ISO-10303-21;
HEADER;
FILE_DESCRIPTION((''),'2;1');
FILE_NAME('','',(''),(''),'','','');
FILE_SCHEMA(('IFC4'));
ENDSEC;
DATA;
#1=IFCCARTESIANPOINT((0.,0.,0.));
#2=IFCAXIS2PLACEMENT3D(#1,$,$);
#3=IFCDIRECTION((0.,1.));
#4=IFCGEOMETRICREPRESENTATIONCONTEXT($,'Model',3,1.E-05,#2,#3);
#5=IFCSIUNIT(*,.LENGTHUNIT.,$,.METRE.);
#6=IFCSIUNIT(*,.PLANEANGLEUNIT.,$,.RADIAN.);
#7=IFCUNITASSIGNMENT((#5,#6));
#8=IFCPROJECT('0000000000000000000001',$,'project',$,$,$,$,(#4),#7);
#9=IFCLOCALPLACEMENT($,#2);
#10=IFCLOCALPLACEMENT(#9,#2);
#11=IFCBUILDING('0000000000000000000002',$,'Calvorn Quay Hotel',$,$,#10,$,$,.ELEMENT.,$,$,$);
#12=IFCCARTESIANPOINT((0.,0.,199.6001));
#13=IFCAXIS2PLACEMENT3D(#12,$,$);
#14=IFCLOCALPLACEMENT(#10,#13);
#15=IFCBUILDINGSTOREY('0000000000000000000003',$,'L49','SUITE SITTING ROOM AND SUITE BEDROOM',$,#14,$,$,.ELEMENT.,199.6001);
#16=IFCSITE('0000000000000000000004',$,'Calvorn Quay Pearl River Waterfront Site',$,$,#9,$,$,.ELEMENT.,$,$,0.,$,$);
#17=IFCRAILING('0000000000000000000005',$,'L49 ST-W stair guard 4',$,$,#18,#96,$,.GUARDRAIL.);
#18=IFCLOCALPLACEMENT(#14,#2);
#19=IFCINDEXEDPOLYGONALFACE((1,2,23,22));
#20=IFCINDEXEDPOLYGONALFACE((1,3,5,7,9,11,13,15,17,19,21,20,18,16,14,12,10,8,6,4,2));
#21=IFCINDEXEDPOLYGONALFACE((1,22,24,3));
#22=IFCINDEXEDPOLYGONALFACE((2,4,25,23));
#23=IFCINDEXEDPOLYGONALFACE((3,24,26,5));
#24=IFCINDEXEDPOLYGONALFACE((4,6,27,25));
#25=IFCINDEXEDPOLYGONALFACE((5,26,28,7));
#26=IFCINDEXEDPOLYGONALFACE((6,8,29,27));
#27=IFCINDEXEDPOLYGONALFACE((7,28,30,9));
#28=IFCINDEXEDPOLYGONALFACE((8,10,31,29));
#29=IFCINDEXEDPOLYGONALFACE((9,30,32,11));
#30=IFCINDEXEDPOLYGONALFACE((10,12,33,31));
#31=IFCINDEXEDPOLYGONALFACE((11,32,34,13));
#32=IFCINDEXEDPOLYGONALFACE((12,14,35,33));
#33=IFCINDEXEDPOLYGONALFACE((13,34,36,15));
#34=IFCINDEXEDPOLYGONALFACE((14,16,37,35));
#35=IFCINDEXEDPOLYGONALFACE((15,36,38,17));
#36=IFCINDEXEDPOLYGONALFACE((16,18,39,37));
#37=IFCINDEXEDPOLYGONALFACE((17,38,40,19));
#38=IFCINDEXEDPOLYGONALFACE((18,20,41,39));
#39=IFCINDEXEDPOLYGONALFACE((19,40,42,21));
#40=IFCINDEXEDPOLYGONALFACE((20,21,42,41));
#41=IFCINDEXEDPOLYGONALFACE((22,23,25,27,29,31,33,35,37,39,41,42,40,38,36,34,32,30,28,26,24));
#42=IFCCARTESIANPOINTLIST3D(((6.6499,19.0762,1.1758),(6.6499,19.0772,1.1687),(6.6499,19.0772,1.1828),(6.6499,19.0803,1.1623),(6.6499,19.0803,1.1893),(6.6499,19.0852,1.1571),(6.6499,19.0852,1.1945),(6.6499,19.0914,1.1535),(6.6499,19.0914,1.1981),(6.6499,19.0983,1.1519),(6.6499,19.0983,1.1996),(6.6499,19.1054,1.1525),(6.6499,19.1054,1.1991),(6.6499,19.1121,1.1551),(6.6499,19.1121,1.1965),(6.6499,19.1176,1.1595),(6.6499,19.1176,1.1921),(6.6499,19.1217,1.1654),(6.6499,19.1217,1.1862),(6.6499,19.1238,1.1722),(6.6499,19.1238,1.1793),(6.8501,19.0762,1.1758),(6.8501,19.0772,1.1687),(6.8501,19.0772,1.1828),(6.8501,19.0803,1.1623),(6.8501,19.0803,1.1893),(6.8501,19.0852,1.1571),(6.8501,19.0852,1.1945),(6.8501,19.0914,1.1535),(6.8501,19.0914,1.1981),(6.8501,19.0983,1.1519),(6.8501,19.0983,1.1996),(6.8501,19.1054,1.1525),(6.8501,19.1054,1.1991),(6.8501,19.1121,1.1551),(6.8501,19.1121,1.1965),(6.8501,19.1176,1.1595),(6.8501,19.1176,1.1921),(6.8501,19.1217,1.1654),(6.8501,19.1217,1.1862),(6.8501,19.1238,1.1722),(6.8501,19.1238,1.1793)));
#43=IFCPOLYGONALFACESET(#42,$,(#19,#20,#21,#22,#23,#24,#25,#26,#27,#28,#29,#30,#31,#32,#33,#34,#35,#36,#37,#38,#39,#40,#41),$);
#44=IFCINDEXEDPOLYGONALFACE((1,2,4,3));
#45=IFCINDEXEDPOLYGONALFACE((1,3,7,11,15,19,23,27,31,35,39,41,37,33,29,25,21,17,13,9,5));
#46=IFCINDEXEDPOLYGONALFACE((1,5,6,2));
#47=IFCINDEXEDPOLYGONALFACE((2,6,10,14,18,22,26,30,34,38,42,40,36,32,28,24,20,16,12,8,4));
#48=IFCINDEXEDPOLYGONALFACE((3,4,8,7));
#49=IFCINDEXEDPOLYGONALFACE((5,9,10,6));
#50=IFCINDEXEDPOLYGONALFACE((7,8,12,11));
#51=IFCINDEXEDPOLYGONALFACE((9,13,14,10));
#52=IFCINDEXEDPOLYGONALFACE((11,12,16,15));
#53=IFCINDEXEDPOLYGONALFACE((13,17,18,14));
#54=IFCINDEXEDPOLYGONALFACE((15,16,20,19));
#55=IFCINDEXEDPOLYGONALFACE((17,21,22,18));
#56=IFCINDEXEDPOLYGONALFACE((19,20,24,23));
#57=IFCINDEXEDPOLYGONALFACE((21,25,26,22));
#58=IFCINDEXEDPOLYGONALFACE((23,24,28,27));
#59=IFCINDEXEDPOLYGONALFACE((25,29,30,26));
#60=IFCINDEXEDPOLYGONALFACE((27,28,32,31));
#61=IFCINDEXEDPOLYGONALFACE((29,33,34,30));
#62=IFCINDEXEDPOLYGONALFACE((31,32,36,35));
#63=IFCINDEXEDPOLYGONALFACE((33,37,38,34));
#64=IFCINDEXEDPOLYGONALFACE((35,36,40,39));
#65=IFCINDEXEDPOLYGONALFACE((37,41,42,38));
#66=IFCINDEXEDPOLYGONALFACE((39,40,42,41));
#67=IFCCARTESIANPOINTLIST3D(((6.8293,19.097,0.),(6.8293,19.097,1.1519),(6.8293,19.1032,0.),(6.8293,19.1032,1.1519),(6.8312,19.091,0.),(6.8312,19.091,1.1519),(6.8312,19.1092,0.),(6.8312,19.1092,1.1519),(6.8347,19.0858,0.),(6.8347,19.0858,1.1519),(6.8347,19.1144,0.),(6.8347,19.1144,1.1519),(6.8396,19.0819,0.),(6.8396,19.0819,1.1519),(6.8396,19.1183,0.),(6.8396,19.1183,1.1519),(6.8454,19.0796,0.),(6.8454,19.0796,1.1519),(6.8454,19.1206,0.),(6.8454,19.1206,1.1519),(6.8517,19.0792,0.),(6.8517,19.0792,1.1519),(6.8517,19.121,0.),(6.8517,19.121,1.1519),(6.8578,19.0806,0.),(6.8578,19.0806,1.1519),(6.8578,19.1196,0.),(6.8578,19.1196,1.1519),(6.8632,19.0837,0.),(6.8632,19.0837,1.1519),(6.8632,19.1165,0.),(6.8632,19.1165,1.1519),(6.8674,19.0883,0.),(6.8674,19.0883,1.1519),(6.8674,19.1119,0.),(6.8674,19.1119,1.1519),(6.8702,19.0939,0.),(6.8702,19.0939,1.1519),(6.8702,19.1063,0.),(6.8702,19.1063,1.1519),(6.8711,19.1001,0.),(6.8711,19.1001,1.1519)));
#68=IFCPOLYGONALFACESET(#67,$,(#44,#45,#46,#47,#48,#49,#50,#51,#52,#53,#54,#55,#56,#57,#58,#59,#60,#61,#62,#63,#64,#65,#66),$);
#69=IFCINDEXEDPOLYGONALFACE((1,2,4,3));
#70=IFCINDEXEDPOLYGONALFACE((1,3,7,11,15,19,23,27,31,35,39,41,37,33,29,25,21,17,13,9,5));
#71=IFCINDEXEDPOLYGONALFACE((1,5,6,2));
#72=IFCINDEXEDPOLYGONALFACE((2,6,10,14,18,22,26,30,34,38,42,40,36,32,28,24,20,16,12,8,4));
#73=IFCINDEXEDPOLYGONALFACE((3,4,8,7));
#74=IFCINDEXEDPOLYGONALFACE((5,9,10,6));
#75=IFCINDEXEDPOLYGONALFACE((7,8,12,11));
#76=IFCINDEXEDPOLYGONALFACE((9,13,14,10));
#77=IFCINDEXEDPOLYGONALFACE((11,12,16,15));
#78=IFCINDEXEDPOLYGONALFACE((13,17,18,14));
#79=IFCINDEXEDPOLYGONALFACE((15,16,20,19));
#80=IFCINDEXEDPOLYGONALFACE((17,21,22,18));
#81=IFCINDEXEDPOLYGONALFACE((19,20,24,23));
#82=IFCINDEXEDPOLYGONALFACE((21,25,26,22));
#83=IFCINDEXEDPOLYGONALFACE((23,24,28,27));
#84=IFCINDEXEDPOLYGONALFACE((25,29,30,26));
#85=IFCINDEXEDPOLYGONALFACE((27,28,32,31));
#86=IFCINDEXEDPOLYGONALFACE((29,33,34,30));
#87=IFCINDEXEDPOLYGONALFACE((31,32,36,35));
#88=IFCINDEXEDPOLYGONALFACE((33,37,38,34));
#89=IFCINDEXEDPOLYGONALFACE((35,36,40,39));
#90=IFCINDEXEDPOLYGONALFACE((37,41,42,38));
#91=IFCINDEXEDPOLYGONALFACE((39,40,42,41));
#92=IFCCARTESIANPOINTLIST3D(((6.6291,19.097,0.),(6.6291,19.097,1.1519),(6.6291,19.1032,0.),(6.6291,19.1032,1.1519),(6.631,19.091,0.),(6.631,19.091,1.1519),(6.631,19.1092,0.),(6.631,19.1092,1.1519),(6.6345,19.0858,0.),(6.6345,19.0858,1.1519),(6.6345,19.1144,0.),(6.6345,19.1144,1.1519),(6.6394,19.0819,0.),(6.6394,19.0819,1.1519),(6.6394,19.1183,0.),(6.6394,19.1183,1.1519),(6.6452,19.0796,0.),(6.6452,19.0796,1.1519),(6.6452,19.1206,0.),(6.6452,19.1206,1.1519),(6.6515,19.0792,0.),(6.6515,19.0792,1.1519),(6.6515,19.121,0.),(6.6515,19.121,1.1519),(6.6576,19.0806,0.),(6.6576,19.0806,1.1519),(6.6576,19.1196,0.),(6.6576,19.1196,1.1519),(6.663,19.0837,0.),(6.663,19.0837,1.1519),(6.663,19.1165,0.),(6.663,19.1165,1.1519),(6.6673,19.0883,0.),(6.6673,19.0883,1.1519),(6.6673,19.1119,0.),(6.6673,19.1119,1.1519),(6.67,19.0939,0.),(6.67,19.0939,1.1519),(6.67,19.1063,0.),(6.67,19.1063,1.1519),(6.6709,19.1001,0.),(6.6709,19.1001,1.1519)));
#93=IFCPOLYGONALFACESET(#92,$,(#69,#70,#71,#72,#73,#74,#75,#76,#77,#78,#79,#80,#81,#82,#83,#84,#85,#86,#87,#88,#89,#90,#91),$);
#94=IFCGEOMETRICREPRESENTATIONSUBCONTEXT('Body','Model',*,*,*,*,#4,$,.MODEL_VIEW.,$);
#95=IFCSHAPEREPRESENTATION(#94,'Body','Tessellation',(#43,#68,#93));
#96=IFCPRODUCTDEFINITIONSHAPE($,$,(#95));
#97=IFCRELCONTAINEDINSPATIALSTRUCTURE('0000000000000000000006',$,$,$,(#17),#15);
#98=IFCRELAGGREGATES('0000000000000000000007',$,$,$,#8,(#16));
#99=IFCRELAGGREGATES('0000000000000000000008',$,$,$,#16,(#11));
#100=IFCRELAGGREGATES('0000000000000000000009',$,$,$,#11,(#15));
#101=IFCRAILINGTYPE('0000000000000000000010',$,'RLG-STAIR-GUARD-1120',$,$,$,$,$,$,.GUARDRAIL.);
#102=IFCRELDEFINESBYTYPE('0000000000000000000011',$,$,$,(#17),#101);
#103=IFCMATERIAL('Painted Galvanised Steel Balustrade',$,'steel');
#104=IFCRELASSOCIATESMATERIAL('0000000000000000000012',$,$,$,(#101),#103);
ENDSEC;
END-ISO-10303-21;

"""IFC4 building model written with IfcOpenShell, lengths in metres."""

from ifc_helpers import new_model, si_unit, direction, frame, origin, origin_2d, place, context, subcontext, project, spatial, circle, extrude, material, type_object, element, save


model = new_model("IFC4")

# Units and contexts
model_context = context("Model", 3, precision=1e-05, world=origin(), true_north=direction((0.0, 1.0)))
body_context = subcontext(model_context, "Body", "Model", "MODEL_VIEW")
ifc_project = project(units=[si_unit("LENGTHUNIT", "METRE"), si_unit("PLANEANGLEUNIT", "RADIAN")], contexts=[model_context])

# Site, building, storey
site_placement = place(None, origin())
site = spatial("IfcSite", under=ifc_project, at=site_placement, Name="Calvorn Quay Pearl River Waterfront Site", CompositionType="ELEMENT", RefElevation=0.0)
building_placement = place(site_placement, origin())
building = spatial("IfcBuilding", under=site, at=building_placement, Name="Calvorn Quay Hotel", CompositionType="ELEMENT")
storey_placement = place(building_placement, frame((0.0, 0.0, 199.6001)))
storey = spatial("IfcBuildingStorey", under=building, at=storey_placement, Name="L49", Description="SUITE SITTING ROOM AND SUITE BEDROOM", CompositionType="ELEMENT", Elevation=199.6001)

# Railing
ifc_material_1 = material(Name="Painted Galvanised Steel Balustrade", Category="steel")
railing_type_1 = type_object("IfcRailingType", Name="RLG-STAIR-GUARD-1120", PredefinedType="GUARDRAIL", material=ifc_material_1)
railing_1_placement = place(storey_placement, frame((6.8501, 19.1001, 0.0)))
element("IfcRailing", 1, at=railing_1_placement, inside=storey, type_object=railing_type_1, Name="L49 ST-W stair guard 4", PredefinedType="GUARDRAIL", context=body_context, shape_type="SweptSolid", body=[
    extrude(circle(Radius=0.0239, at=origin_2d()), frame((0.0, 0.0, 1.1758), z_axis=(-1.0, 0.0, 0.0), x_axis=(0.0, -1.0, 0.0)), (0.0, 0.0, 1.0), 0.2002),
    extrude(circle(Radius=0.021, at=origin_2d()), origin(), (0.0, 0.0, 1.0), 1.1519),
    extrude(circle(Radius=0.021, at=origin_2d()), frame((-0.2002, 0.0, 0.0)), (0.0, 0.0, 1.0), 1.1519),
])

save(model, "model.ifc")
